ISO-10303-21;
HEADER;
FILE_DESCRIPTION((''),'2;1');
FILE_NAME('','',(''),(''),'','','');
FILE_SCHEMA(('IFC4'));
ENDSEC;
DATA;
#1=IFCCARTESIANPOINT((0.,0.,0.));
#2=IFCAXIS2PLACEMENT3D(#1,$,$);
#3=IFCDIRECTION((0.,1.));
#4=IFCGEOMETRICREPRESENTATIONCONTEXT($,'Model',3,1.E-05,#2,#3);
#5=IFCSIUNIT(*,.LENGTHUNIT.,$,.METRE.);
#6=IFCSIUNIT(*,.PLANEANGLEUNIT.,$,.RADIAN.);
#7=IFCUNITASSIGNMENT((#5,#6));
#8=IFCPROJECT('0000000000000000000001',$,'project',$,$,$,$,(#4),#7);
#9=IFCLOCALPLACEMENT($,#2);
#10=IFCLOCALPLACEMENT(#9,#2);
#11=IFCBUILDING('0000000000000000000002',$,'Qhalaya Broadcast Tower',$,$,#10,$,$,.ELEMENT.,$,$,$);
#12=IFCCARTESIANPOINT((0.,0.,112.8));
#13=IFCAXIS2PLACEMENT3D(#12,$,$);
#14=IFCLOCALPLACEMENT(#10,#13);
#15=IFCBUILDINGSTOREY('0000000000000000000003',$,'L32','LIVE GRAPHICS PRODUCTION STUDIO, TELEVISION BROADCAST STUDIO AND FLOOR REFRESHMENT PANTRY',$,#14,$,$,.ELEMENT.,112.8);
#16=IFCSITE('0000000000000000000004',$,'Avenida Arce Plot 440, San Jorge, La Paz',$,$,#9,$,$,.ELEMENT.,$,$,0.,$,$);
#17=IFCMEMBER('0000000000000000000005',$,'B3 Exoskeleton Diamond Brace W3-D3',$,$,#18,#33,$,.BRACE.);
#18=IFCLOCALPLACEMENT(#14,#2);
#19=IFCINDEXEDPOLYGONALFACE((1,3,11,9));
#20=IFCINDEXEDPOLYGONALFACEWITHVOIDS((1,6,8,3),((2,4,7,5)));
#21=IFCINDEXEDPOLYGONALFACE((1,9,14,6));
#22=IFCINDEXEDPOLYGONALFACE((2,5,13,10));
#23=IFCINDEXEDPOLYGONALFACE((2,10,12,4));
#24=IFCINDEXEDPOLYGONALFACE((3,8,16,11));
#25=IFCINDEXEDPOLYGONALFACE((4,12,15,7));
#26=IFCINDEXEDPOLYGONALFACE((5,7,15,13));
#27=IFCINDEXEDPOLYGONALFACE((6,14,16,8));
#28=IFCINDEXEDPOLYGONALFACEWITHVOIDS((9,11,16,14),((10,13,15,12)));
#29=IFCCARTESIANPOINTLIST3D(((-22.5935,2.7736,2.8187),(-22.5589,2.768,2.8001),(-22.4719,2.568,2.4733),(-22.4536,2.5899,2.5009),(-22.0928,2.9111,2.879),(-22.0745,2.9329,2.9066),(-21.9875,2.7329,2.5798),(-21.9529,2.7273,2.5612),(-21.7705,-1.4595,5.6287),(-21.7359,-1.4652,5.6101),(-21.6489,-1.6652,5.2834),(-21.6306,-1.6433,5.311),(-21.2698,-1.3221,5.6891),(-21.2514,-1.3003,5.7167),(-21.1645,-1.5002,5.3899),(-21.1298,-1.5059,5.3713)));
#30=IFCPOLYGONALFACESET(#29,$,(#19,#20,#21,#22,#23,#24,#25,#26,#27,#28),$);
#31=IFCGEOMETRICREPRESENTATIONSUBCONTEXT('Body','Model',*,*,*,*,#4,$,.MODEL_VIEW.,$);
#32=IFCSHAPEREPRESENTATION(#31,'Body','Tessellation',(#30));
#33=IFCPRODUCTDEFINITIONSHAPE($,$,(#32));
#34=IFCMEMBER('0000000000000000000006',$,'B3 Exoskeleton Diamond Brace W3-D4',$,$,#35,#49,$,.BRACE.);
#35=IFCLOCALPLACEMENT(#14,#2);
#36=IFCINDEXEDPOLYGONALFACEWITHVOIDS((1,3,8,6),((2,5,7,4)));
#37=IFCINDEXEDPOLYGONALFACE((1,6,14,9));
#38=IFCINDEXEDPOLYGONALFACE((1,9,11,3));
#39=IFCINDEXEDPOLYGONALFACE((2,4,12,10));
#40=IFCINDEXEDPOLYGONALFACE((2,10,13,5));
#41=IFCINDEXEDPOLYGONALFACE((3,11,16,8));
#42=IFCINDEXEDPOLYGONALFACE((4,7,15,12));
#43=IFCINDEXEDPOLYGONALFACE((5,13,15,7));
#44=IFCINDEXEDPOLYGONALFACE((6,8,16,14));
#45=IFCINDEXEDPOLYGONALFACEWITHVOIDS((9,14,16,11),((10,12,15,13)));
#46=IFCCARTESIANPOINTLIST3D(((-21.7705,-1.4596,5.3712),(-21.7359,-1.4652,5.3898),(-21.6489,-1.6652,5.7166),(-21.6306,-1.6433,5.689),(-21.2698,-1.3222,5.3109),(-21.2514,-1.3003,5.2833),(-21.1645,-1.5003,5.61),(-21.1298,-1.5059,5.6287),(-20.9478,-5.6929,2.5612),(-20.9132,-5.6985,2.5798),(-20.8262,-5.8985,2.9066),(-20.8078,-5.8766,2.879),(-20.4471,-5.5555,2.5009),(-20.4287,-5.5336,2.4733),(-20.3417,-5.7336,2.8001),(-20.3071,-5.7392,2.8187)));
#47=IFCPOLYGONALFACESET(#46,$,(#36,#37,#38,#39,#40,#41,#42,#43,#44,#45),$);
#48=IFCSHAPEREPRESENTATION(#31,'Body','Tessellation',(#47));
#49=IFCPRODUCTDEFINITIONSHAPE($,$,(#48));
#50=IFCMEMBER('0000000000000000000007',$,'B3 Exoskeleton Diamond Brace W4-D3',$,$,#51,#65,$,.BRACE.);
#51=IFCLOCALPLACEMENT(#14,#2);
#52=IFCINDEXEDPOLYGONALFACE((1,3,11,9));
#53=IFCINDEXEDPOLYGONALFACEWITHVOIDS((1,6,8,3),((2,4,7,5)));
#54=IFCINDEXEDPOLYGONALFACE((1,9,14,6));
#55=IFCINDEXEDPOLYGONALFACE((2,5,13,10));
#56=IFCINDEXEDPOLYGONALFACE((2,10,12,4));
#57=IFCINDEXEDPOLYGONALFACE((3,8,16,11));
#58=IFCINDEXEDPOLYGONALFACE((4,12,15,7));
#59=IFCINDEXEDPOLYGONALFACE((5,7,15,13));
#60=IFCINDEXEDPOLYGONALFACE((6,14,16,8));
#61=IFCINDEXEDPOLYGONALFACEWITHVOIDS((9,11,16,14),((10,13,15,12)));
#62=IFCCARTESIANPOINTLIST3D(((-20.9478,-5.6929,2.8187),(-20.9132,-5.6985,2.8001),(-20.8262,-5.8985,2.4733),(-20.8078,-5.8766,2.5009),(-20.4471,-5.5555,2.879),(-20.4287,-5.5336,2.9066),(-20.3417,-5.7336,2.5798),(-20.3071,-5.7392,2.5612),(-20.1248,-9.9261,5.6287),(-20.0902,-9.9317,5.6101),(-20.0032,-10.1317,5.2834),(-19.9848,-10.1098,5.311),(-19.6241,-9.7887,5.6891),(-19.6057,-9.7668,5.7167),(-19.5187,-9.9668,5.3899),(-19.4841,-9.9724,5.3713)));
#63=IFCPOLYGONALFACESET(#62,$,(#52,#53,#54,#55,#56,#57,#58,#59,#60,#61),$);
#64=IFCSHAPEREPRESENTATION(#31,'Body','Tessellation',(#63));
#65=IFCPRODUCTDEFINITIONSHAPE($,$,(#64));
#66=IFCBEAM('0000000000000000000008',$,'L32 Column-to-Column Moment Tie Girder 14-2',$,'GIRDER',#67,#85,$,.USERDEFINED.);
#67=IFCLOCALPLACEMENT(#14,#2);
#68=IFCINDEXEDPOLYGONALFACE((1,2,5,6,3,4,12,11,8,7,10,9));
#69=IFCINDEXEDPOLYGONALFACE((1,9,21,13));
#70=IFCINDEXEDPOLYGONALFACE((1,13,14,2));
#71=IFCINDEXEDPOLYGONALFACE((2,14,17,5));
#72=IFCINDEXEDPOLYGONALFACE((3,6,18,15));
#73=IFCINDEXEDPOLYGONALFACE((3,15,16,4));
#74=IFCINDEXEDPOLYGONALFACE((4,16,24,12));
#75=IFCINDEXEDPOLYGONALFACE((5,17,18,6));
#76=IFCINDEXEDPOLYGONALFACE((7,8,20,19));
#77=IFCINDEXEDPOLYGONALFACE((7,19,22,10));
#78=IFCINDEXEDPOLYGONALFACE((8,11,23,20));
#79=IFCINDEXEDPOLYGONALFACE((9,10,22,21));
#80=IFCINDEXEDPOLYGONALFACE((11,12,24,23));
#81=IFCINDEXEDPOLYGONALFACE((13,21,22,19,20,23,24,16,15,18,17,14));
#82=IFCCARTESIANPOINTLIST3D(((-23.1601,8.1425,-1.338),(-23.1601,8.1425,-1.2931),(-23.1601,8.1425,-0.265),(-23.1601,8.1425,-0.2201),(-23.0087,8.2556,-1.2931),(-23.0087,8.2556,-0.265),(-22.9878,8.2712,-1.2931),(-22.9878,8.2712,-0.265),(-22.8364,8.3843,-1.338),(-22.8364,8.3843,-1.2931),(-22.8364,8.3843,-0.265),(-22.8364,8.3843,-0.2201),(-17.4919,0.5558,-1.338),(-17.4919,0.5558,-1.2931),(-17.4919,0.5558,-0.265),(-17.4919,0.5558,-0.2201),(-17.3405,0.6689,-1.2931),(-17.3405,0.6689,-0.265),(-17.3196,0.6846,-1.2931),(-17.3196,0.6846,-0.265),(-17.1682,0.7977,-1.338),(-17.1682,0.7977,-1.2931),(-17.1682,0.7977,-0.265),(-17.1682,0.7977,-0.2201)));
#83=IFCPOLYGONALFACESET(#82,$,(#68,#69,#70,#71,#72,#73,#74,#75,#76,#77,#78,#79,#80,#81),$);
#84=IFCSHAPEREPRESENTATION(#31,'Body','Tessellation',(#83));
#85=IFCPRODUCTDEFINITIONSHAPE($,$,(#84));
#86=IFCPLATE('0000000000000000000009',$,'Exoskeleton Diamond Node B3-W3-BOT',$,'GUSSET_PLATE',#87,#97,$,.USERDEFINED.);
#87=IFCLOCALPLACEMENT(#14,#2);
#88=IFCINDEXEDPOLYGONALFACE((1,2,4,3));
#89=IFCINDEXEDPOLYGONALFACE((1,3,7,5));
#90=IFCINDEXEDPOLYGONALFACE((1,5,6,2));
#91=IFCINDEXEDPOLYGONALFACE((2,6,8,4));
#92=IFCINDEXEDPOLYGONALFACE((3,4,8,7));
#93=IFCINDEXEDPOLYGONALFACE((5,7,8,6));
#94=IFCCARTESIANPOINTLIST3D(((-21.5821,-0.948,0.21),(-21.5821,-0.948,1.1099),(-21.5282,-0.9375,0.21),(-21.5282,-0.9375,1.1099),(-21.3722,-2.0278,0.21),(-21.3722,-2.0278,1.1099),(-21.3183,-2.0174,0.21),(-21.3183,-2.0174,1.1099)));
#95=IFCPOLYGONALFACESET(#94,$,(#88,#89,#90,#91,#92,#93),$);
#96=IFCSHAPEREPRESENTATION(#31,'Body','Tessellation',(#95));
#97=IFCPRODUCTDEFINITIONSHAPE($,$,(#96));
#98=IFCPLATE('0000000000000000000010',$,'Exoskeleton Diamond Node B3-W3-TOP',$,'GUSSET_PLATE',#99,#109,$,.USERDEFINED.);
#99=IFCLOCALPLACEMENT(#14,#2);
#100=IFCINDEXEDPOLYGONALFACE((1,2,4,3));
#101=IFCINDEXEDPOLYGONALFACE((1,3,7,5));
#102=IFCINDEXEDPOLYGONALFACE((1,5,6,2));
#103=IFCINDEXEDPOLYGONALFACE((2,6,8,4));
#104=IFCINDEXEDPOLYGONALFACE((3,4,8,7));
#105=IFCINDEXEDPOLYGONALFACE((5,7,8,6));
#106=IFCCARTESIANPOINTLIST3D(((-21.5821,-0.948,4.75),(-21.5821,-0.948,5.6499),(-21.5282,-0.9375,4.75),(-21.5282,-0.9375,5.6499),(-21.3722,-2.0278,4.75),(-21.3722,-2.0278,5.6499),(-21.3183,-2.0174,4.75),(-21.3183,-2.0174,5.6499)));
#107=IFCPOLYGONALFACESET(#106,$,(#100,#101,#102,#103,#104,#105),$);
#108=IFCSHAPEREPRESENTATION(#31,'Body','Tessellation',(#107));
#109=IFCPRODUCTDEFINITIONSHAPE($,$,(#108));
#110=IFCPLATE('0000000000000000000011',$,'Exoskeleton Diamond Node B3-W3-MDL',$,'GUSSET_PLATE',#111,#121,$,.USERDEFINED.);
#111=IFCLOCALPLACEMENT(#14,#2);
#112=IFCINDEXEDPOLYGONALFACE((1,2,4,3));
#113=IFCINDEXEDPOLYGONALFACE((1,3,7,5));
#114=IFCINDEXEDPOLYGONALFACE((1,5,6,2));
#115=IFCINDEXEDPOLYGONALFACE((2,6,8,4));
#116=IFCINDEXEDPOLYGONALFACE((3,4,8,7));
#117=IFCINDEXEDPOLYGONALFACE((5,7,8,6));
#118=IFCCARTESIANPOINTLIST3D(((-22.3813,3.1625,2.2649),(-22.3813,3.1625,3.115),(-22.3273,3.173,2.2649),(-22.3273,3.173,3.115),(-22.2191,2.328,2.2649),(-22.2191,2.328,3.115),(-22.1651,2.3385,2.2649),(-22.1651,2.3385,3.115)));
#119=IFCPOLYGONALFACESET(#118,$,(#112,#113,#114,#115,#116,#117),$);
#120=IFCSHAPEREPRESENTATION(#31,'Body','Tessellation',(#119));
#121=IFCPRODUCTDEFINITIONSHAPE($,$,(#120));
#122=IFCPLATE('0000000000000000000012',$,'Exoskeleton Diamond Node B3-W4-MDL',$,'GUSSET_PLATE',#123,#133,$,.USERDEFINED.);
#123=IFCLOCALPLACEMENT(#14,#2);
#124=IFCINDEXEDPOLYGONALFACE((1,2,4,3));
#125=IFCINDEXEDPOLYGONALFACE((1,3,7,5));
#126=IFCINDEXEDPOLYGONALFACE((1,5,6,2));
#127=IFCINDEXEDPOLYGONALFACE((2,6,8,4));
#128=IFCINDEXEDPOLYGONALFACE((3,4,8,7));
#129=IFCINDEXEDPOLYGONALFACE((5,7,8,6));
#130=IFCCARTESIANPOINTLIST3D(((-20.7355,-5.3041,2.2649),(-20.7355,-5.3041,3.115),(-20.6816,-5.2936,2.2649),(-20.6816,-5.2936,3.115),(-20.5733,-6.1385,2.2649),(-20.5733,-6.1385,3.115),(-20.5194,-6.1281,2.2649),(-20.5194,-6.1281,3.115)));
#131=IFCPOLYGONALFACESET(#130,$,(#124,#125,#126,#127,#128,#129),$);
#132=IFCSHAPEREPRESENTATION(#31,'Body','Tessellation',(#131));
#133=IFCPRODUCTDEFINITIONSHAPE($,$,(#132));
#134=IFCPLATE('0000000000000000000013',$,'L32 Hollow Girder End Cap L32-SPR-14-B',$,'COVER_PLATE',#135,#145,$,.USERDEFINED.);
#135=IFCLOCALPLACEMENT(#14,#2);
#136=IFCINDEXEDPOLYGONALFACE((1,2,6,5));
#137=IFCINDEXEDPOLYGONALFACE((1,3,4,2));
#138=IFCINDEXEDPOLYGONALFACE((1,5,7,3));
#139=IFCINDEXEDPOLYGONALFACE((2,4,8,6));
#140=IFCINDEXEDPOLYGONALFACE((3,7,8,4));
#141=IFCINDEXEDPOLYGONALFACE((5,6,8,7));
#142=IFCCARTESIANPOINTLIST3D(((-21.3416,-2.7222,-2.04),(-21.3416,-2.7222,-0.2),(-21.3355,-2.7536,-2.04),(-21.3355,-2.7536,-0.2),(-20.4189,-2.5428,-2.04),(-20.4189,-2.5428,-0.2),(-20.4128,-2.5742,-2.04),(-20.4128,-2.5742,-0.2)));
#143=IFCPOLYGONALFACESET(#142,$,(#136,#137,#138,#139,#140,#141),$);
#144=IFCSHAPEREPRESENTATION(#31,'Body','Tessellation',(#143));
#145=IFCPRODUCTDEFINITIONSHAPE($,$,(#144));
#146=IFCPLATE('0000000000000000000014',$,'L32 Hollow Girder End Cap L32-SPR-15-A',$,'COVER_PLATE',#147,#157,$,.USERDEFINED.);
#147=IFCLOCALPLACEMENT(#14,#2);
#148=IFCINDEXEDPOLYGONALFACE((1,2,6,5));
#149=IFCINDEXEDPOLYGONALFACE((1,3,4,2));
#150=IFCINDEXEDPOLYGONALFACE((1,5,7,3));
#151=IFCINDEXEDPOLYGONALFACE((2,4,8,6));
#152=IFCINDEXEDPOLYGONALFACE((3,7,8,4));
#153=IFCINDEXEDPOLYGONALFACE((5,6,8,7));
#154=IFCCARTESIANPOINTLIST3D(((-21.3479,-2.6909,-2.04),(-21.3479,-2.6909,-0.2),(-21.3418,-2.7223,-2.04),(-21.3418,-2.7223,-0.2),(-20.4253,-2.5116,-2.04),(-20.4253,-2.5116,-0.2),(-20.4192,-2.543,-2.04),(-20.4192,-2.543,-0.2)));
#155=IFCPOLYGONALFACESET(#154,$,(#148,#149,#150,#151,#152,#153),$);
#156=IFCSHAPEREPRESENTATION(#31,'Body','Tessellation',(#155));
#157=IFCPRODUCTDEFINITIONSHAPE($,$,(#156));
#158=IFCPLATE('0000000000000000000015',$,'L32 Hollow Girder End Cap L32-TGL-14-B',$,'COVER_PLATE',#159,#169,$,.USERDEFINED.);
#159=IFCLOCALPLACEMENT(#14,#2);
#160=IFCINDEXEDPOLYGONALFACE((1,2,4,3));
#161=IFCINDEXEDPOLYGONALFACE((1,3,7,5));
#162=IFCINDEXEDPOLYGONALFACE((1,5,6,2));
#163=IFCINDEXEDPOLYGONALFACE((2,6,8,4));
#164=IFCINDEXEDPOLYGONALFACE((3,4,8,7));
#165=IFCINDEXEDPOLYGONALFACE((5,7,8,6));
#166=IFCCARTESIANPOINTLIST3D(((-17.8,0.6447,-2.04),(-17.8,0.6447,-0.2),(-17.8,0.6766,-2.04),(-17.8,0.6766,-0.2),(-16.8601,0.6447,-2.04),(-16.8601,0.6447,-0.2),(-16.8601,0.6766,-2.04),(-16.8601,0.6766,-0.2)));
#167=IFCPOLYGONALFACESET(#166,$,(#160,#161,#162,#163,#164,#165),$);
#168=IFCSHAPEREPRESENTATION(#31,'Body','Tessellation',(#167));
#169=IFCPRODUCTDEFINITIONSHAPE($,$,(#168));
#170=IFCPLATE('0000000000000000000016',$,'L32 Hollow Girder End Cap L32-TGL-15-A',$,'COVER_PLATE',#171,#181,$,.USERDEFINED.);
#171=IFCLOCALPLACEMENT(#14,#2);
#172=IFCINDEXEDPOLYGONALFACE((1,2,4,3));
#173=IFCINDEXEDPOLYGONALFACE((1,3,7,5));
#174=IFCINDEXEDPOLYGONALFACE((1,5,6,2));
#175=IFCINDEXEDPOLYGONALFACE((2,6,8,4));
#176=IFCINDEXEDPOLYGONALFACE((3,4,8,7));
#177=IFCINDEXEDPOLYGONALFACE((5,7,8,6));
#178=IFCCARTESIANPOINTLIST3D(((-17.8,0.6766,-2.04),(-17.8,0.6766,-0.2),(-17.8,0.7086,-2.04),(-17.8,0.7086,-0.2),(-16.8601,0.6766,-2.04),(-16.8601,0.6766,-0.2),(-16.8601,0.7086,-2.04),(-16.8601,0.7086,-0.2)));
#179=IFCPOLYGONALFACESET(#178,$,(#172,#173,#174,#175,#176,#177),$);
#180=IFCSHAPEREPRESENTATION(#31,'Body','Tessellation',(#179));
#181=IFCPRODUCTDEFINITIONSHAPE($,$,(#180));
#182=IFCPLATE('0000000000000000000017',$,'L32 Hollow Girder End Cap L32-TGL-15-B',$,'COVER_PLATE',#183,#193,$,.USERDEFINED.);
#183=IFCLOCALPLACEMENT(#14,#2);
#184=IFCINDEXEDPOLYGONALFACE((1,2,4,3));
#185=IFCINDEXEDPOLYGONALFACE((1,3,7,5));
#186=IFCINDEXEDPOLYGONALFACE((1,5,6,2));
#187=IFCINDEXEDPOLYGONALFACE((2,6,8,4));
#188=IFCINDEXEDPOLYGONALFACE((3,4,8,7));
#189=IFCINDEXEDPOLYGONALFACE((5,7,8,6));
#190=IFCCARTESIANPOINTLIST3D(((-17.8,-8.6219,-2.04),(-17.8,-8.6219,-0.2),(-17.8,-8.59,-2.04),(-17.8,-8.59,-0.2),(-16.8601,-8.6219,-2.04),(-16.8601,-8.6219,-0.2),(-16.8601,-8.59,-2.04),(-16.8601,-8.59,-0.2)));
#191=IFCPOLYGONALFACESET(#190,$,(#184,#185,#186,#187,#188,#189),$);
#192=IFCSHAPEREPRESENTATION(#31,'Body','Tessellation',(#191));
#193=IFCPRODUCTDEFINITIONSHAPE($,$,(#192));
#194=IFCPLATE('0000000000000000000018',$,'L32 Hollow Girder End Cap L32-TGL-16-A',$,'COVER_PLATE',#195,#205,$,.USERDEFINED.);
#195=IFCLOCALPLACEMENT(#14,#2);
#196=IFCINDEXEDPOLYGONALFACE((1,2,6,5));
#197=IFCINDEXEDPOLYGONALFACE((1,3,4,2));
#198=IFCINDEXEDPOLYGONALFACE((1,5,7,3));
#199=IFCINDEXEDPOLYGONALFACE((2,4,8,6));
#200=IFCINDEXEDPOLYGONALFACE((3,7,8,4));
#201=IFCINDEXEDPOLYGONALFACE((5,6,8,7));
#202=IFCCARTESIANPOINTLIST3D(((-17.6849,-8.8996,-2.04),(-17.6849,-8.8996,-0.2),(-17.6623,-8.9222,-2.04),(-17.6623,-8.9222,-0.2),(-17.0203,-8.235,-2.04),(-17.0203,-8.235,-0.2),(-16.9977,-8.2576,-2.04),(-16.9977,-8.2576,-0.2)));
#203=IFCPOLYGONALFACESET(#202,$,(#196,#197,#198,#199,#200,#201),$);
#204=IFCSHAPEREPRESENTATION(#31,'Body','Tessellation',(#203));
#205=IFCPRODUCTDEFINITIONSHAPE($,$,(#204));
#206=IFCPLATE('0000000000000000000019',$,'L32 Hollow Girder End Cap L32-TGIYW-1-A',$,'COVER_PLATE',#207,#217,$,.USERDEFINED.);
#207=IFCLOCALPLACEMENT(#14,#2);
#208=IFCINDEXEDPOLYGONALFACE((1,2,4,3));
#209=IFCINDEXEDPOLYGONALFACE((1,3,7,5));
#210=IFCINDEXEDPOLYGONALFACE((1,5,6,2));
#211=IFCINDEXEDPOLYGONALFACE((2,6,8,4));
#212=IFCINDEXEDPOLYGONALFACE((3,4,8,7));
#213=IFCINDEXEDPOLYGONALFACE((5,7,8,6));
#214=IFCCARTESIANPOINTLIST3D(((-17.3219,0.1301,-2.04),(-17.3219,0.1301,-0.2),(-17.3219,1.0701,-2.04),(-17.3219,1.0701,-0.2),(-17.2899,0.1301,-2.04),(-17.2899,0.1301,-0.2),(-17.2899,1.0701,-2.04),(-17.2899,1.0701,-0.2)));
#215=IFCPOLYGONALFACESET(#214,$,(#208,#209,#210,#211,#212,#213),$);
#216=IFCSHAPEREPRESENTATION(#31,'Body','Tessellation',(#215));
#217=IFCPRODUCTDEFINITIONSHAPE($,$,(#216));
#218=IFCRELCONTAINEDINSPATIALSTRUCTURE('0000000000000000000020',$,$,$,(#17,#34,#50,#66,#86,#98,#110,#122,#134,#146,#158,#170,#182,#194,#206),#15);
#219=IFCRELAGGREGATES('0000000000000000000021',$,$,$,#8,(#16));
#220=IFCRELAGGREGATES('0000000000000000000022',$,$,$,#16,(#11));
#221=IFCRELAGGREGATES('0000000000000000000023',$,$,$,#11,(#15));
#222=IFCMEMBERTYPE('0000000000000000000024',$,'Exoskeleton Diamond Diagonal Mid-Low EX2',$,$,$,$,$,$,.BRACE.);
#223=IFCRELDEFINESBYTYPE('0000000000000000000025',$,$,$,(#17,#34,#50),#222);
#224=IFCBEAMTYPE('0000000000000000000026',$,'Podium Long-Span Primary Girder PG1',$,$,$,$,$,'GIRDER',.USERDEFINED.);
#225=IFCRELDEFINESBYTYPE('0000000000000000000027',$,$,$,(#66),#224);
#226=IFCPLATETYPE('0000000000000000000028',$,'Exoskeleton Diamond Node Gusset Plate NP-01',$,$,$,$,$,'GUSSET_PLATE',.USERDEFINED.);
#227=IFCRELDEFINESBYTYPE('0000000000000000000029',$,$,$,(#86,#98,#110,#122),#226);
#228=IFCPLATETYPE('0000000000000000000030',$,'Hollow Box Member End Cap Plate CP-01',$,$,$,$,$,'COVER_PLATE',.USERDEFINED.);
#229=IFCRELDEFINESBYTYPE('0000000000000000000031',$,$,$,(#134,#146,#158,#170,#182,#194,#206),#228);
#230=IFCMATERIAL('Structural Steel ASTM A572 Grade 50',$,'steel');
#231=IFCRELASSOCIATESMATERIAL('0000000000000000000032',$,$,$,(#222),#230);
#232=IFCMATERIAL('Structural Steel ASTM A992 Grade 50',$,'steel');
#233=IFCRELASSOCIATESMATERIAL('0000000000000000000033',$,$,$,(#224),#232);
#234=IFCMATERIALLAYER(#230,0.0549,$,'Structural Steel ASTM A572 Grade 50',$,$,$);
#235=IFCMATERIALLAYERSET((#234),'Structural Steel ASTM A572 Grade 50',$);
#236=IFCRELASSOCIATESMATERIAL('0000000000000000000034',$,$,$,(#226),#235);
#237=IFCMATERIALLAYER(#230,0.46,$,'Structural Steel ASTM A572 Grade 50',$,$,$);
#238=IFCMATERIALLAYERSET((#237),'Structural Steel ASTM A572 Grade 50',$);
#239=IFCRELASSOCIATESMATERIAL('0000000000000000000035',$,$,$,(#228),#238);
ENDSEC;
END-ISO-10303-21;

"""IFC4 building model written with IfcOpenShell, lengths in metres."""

from ifc_helpers import new_model, si_unit, direction, frame, origin, origin_2d, place, context, subcontext, project, spatial, rectangle, hollow_rectangle, i_section, extrude, material, layer, layer_set, material_profile, profile_set, type_object, element, save


model = new_model("IFC4")

# Units and contexts
model_context = context("Model", 3, precision=1e-05, world=origin(), true_north=direction((0.0, 1.0)))
body_context = subcontext(model_context, "Body", "Model", "MODEL_VIEW")
ifc_project = project(units=[si_unit("LENGTHUNIT", "METRE"), si_unit("PLANEANGLEUNIT", "RADIAN")], contexts=[model_context])

# Site, building, storey
site_placement = place(None, origin())
site = spatial("IfcSite", under=ifc_project, at=site_placement, Name="Avenida Arce Plot 440, San Jorge, La Paz", CompositionType="ELEMENT", RefElevation=0.0)
building_placement = place(site_placement, origin())
building = spatial("IfcBuilding", under=site, at=building_placement, Name="Qhalaya Broadcast Tower", CompositionType="ELEMENT")
storey_placement = place(building_placement, frame((0.0, 0.0, 112.8)))
storey = spatial("IfcBuildingStorey", under=building, at=storey_placement, Name="L32", Description="LIVE GRAPHICS PRODUCTION STUDIO, TELEVISION BROADCAST STUDIO AND FLOOR REFRESHMENT PANTRY", CompositionType="ELEMENT", Elevation=112.8)

# Shared definitions
ifc_material_1 = material(Name="Structural Steel ASTM A572 Grade 50", Category="steel")

# Shared definitions
ifc_material_2 = material(Name="Structural Steel ASTM A992 Grade 50", Category="steel")

# Members
ifc_material_profile_1 = material_profile(ifc_material_1, hollow_rectangle(XDim=0.4199, YDim=0.55, WallThickness=0.0281, at=origin_2d()), Name="BOX 420x550x28")
ifc_profile_set_1 = profile_set([ifc_material_profile_1], Name="Structural Steel ASTM A572 Grade 50")
member_type = type_object("IfcMemberType", Name="Exoskeleton Diamond Diagonal Mid-Low EX2", PredefinedType="BRACE", material=ifc_profile_set_1)
for number, where, z_axis, x_axis, name in (
    (1, (-22.2732, 2.7505, 2.6899), (0.159893, -0.822424, 0.545943), (-0.289578, 0.489647, 0.822429), "B3 Exoskeleton Diamond Brace W3-D3"),
    (2, (-20.6274, -5.7161, 2.6899), (-0.159841, 0.822445, 0.545925), (0.289542, -0.48965, 0.82244), "B3 Exoskeleton Diamond Brace W3-D4"),
    (3, (-20.6274, -5.7161, 2.6899), (0.159893, -0.822424, 0.545943), (-0.289578, 0.489647, 0.822429), "B3 Exoskeleton Diamond Brace W4-D3"),
):
    element("IfcMember", number, at=place(storey_placement, frame(where, z_axis=z_axis, x_axis=x_axis)), inside=storey, type_object=member_type, Name=name, PredefinedType="BRACE", context=body_context, shape_type="SweptSolid", body=[
        extrude(hollow_rectangle(XDim=0.4199, YDim=0.55, WallThickness=0.0281, at=origin_2d()), origin(), (0.0, 0.0, 1.0), 5.1472),
    ])

# Beam
ifc_material_profile_2 = material_profile(ifc_material_2, i_section(OverallWidth=0.4041, OverallDepth=1.1179, WebThickness=0.0261, FlangeThickness=0.0449, at=origin_2d()), Name="W44X335")
ifc_profile_set_2 = profile_set([ifc_material_profile_2], Name="Structural Steel ASTM A992 Grade 50")
beam_type_1 = type_object("IfcBeamType", Name="Podium Long-Span Primary Girder PG1", ElementType="GIRDER", PredefinedType="USERDEFINED", material=ifc_profile_set_2)
beam_1_placement = place(storey_placement, frame((-17.3301, 0.6768, -0.7791), z_axis=(-0.598526, 0.801103, 0.0), x_axis=(-0.801103, -0.598526, 0.0)))
element("IfcBeam", 4, at=beam_1_placement, inside=storey, type_object=beam_type_1, Name="L32 Column-to-Column Moment Tie Girder 14-2", ObjectType="GIRDER", PredefinedType="USERDEFINED", context=body_context, shape_type="SweptSolid", body=[
    extrude(i_section(OverallWidth=0.4041, OverallDepth=1.1179, WebThickness=0.0261, FlangeThickness=0.0449, at=origin_2d()), origin(), (0.0, 0.0, 1.0), 9.4702),
])

# Plates
ifc_layer_1 = layer(ifc_material_1, 0.0549, Name="Structural Steel ASTM A572 Grade 50")
ifc_layer_set_1 = layer_set([ifc_layer_1], Name="Structural Steel ASTM A572 Grade 50")
plate_type_1 = type_object("IfcPlateType", Name="Exoskeleton Diamond Node Gusset Plate NP-01", ElementType="GUSSET_PLATE", PredefinedType="USERDEFINED", material=ifc_layer_set_1)
for number, where, z_axis, x_axis, name in (
    (5, (-21.4502, -1.4827, 0.21), (0.0, 0.0, 1.0), (-0.190809, 0.981627, 0.0), "Exoskeleton Diamond Node B3-W3-BOT"),
    (6, (-21.4502, -1.4827, 4.75), (0.0, 0.0, 1.0), (-0.190809, 0.981627, 0.0), "Exoskeleton Diamond Node B3-W3-TOP"),
):
    element("IfcPlate", number, at=place(storey_placement, frame(where, z_axis=z_axis, x_axis=x_axis)), inside=storey, type_object=plate_type_1, Name=name, ObjectType="GUSSET_PLATE", PredefinedType="USERDEFINED", context=body_context, shape_type="SweptSolid", body=[
        extrude(rectangle(XDim=1.1001, YDim=0.0549, at=origin_2d()), origin(), (0.0, 0.0, 1.0), 0.8999),
    ])
for number, where, z_axis, x_axis, name in (
    (7, (-22.2732, 2.7505, 2.2649), (0.0, 0.0, 1.0), (-0.190809, 0.981627, 0.0), "Exoskeleton Diamond Node B3-W3-MDL"),
    (8, (-20.6274, -5.7161, 2.2649), (0.0, 0.0, 1.0), (-0.190809, 0.981627, 0.0), "Exoskeleton Diamond Node B3-W4-MDL"),
):
    element("IfcPlate", number, at=place(storey_placement, frame(where, z_axis=z_axis, x_axis=x_axis)), inside=storey, type_object=plate_type_1, Name=name, ObjectType="GUSSET_PLATE", PredefinedType="USERDEFINED", context=body_context, shape_type="SweptSolid", body=[
        extrude(rectangle(XDim=0.8501, YDim=0.0549, at=origin_2d()), origin(), (0.0, 0.0, 1.0), 0.8501),
    ])
ifc_layer_2 = layer(ifc_material_1, 0.46, Name="Structural Steel ASTM A572 Grade 50")
ifc_layer_set_2 = layer_set([ifc_layer_2], Name="Structural Steel ASTM A572 Grade 50")
plate_type_2 = type_object("IfcPlateType", Name="Hollow Box Member End Cap Plate CP-01", ElementType="COVER_PLATE", PredefinedType="USERDEFINED", material=ifc_layer_set_2)
for number, where, z_axis, x_axis, name in (
    (9, (-20.8772, -2.6482, -2.04), (0.0, 0.0, 1.0), (0.981627, 0.190809, 0.0), "L32 Hollow Girder End Cap L32-SPR-14-B"),
    (10, (-20.8835, -2.6169, -2.04), (0.0, 0.0, 1.0), (0.981627, 0.190809, 0.0), "L32 Hollow Girder End Cap L32-SPR-15-A"),
    (11, (-17.3301, 0.6606, -2.04), (0.0, 0.0, 1.0), (1.0, 0.0, 0.0), "L32 Hollow Girder End Cap L32-TGL-14-B"),
    (12, (-17.3301, 0.6926, -2.04), (0.0, 0.0, 1.0), (1.0, 0.0, 0.0), "L32 Hollow Girder End Cap L32-TGL-15-A"),
    (13, (-17.3301, -8.606, -2.04), (0.0, 0.0, 1.0), (1.0, 0.0, 0.0), "L32 Hollow Girder End Cap L32-TGL-15-B"),
    (14, (-17.3413, -8.5786, -2.04), (0.0, 0.0, 1.0), (0.707107, 0.707107, 0.0), "L32 Hollow Girder End Cap L32-TGL-16-A"),
    (15, (-17.3059, 0.6001, -2.04), (0.0, 0.0, 1.0), (0.0, 1.0, 0.0), "L32 Hollow Girder End Cap L32-TGIYW-1-A"),
):
    element("IfcPlate", number, at=place(storey_placement, frame(where, z_axis=z_axis, x_axis=x_axis)), inside=storey, type_object=plate_type_2, Name=name, ObjectType="COVER_PLATE", PredefinedType="USERDEFINED", context=body_context, shape_type="SweptSolid", body=[
        extrude(rectangle(XDim=0.9399, YDim=0.032, at=origin_2d()), origin(), (0.0, 0.0, 1.0), 1.8401),
    ])

save(model, "model.ifc")
